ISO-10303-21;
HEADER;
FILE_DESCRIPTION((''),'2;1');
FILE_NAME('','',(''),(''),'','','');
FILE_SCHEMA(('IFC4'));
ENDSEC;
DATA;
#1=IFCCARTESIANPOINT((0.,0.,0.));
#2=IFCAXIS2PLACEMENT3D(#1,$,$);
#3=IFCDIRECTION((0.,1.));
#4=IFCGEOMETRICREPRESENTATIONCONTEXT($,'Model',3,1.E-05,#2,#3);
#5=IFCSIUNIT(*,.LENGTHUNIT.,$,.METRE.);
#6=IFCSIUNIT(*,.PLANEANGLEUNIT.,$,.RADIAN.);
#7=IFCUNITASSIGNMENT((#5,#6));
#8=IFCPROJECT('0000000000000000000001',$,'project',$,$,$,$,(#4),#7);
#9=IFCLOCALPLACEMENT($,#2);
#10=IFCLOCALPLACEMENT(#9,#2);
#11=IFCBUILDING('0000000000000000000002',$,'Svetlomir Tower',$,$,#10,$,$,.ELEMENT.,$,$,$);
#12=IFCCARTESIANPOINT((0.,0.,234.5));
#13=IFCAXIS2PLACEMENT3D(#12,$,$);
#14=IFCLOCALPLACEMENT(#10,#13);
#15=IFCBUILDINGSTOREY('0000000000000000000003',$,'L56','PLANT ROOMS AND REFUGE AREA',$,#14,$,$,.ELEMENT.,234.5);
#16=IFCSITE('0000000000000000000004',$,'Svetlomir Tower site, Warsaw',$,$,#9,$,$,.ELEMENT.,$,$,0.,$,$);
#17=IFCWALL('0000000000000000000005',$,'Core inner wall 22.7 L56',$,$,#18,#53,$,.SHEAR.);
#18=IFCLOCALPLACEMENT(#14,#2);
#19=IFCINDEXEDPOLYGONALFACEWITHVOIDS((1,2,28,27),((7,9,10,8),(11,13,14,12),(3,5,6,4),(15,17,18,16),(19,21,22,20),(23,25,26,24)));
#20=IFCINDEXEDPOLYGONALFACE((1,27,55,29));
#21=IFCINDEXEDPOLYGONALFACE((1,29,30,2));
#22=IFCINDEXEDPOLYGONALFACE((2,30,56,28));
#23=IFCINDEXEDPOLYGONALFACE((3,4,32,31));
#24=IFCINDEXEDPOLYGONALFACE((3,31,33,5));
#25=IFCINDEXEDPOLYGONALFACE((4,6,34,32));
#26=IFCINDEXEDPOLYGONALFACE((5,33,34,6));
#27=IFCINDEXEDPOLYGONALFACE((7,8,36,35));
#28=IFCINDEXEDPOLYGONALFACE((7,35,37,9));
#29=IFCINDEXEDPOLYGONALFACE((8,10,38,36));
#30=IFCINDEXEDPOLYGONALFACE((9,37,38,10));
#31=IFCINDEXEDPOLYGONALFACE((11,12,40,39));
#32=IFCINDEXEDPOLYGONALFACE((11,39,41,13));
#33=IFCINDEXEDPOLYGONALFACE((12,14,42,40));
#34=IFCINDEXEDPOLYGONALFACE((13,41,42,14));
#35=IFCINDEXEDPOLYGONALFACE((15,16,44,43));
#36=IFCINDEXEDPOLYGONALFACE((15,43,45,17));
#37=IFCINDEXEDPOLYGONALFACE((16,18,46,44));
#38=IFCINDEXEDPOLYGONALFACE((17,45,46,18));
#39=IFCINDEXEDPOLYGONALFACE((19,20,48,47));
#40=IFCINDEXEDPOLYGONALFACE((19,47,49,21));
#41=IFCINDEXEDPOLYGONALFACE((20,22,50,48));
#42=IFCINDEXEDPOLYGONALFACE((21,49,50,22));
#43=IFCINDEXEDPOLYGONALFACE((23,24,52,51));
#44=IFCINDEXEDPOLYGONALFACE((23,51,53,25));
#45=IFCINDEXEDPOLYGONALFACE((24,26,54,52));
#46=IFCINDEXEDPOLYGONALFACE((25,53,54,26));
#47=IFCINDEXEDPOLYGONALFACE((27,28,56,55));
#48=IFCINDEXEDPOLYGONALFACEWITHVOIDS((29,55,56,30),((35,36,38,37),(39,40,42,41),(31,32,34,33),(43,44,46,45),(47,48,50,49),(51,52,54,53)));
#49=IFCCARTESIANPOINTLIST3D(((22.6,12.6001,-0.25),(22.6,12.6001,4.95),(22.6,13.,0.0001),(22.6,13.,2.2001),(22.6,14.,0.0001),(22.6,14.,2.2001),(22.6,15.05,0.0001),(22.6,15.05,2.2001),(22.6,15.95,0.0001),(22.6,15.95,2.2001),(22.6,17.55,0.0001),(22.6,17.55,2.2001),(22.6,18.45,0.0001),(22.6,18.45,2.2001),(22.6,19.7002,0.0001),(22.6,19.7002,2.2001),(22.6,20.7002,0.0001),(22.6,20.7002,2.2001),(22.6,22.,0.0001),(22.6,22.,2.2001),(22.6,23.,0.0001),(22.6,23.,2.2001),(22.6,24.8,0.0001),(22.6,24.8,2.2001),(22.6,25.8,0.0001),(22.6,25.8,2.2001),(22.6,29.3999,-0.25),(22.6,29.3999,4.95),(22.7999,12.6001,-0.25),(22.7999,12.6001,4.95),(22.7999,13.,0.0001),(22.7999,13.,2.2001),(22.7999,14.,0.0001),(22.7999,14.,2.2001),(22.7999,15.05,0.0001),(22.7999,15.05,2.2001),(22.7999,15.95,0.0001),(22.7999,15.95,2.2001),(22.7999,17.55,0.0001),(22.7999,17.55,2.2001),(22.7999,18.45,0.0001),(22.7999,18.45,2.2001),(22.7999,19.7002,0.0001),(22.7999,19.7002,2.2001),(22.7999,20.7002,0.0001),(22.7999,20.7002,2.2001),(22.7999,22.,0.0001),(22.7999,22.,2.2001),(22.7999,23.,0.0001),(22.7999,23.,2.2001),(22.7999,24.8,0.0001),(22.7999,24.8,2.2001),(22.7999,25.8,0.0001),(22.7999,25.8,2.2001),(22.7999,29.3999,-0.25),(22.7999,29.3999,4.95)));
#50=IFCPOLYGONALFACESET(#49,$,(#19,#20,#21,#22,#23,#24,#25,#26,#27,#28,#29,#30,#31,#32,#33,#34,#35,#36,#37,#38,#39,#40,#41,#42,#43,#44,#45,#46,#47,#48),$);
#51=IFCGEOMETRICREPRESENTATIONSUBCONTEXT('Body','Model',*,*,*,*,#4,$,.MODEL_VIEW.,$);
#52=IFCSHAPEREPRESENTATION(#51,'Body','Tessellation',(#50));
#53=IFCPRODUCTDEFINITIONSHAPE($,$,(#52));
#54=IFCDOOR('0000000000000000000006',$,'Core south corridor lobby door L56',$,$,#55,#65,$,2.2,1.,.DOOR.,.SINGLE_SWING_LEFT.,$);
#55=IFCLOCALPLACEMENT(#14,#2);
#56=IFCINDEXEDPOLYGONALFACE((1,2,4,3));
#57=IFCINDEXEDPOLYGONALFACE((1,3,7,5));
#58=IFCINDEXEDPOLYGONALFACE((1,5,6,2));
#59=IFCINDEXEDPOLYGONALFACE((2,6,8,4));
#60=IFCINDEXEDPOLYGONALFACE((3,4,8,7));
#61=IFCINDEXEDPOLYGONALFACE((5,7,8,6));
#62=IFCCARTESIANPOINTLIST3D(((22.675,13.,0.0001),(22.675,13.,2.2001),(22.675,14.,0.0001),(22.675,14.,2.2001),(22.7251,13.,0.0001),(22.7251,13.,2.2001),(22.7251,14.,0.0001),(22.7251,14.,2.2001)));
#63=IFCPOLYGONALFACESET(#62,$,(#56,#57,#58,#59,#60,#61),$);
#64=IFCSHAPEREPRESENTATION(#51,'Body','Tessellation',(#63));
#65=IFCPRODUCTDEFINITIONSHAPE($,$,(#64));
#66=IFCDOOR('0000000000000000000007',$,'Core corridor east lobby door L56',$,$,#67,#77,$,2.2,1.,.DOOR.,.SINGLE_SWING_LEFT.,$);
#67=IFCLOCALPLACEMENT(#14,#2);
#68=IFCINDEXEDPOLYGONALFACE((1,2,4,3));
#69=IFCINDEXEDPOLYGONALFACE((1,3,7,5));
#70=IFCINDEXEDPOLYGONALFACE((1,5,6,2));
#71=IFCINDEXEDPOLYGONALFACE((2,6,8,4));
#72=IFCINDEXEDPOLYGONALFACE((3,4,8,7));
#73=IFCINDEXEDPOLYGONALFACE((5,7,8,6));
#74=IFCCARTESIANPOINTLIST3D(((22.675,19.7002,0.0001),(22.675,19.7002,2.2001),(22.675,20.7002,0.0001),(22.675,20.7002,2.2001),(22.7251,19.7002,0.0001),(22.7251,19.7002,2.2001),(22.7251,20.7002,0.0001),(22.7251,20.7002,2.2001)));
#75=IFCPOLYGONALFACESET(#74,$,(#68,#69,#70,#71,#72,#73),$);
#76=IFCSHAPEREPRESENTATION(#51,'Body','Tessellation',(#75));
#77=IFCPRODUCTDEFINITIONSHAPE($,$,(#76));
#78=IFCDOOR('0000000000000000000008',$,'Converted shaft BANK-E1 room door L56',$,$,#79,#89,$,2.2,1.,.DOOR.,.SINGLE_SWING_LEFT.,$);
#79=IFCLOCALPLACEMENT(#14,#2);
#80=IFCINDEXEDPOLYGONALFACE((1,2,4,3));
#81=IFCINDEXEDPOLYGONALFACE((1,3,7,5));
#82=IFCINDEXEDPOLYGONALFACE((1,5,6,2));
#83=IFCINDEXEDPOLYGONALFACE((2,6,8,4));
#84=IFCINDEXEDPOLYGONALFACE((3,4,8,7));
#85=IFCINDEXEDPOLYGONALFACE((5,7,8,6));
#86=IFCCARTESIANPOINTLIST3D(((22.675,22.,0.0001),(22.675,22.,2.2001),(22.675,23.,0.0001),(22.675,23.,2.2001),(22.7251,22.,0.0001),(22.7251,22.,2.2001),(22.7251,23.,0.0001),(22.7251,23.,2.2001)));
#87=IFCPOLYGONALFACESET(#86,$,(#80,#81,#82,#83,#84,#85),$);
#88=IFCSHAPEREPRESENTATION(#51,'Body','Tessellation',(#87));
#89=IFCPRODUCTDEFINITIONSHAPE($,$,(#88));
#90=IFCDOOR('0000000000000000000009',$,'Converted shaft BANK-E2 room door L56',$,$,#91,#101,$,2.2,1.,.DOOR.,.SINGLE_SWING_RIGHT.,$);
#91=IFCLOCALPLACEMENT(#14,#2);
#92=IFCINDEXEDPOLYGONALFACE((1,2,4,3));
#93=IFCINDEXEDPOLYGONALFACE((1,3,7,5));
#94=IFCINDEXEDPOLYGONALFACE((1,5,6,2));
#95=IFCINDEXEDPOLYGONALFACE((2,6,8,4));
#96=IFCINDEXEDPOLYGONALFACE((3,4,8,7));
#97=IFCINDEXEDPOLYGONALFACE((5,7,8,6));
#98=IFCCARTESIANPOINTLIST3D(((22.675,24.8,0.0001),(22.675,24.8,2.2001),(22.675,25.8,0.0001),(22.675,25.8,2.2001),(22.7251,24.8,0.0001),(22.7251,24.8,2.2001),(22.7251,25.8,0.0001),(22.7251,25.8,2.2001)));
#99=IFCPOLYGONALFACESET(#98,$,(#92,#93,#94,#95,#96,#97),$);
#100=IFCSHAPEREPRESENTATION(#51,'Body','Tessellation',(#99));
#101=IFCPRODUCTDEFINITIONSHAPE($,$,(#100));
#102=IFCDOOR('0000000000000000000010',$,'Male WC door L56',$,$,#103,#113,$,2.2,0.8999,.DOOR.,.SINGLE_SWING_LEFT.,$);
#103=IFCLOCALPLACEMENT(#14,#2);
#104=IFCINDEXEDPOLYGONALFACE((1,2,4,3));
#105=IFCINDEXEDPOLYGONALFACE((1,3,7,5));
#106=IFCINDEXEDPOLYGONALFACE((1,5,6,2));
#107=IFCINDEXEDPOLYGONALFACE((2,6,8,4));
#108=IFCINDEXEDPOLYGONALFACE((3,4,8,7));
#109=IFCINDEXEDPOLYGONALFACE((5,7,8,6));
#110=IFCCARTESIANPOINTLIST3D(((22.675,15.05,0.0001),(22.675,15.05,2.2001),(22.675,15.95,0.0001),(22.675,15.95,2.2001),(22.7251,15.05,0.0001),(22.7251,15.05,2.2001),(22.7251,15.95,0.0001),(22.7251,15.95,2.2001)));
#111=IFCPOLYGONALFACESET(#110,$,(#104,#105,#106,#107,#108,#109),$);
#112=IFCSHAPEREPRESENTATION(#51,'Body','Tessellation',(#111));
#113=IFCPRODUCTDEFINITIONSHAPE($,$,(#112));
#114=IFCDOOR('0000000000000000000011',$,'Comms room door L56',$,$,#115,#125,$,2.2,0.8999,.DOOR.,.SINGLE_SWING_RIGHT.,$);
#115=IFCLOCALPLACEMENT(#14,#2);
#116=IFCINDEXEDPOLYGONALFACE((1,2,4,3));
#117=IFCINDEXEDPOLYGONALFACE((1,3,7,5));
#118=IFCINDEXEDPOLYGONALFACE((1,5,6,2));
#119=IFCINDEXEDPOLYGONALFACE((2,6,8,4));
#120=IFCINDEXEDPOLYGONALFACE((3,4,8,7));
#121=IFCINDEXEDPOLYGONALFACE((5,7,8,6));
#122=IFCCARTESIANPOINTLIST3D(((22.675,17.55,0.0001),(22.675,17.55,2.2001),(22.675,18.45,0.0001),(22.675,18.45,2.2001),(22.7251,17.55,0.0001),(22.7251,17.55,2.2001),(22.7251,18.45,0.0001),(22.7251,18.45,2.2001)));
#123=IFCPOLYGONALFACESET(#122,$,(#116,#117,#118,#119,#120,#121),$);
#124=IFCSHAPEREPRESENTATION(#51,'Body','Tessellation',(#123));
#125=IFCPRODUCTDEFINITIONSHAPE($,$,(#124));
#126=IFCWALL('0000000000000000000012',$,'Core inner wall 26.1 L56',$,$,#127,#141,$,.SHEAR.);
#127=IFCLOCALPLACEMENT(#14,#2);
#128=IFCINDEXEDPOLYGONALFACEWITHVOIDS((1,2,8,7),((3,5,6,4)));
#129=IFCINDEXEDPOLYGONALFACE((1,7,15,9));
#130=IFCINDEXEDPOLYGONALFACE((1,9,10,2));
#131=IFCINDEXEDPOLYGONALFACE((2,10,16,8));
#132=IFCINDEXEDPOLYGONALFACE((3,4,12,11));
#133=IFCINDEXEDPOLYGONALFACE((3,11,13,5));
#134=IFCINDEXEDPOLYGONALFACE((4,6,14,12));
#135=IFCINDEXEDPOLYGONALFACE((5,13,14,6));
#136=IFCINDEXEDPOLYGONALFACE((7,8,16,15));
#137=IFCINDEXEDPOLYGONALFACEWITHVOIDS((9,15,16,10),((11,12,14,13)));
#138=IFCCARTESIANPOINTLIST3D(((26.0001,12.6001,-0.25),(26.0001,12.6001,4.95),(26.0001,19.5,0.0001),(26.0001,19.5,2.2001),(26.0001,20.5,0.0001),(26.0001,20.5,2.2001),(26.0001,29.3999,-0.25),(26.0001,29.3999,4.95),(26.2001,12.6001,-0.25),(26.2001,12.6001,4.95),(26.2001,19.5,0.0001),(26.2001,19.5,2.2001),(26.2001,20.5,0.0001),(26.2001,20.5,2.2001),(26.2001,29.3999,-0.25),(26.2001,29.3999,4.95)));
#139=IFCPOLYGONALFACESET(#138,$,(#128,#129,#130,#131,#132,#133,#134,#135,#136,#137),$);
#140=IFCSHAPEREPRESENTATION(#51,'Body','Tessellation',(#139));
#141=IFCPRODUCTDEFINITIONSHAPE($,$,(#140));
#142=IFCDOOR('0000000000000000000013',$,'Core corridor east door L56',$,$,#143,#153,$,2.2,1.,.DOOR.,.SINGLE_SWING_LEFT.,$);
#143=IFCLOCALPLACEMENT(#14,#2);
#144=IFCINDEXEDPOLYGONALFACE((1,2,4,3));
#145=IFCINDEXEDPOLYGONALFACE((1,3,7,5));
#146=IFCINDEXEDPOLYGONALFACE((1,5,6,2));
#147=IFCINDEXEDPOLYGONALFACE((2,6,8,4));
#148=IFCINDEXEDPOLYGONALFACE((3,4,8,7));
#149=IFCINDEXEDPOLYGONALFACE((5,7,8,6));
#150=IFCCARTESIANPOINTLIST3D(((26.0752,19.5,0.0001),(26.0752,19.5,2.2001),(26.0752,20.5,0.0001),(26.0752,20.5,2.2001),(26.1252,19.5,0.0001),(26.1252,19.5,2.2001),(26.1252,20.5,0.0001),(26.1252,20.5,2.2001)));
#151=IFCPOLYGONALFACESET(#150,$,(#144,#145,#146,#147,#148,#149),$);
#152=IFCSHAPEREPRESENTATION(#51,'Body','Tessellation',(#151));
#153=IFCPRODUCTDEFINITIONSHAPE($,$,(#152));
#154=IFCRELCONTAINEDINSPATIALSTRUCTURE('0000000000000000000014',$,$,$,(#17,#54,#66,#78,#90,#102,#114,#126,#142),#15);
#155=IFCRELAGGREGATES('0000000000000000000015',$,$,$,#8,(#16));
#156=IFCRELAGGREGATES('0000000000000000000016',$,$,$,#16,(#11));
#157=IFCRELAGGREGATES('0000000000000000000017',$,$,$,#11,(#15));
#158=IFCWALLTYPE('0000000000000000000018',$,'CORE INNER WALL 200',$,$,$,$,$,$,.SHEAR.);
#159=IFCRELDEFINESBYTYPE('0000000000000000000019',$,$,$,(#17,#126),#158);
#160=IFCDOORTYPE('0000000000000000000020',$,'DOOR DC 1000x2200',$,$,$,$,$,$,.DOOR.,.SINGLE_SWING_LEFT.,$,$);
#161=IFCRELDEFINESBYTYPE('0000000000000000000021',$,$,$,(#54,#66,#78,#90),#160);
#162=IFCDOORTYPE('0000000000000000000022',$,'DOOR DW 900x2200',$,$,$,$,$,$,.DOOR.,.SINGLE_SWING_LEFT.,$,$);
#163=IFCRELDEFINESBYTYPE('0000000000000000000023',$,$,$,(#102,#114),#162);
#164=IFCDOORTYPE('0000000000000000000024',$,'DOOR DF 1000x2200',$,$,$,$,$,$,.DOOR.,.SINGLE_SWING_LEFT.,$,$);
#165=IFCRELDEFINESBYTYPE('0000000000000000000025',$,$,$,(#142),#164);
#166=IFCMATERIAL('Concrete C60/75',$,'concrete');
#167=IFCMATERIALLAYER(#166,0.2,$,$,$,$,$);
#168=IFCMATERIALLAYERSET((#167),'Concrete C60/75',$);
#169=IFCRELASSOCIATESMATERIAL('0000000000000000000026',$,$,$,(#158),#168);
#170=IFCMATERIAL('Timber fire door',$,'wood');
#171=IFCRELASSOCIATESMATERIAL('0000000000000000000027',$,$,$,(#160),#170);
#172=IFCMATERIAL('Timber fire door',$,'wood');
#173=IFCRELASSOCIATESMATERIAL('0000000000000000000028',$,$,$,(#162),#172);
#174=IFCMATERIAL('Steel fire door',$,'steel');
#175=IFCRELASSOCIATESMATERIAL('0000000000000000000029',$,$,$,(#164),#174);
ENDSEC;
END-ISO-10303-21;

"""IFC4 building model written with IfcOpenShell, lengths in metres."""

from ifc_helpers import new_model, si_unit, direction, frame, frame_2d, origin, place, context, subcontext, project, spatial, rectangle, extrude, material, layer, layer_set, type_object, element, fill, save


model = new_model("IFC4")

# Units and contexts
model_context = context("Model", 3, precision=1e-05, world=origin(), true_north=direction((0.0, 1.0)))
body_context = subcontext(model_context, "Body", "Model", "MODEL_VIEW")
ifc_project = project(units=[si_unit("LENGTHUNIT", "METRE"), si_unit("PLANEANGLEUNIT", "RADIAN")], contexts=[model_context])

# Site, building, storey
site_placement = place(None, origin())
site = spatial("IfcSite", under=ifc_project, at=site_placement, Name="Svetlomir Tower site, Warsaw", CompositionType="ELEMENT", RefElevation=0.0)
building_placement = place(site_placement, origin())
building = spatial("IfcBuilding", under=site, at=building_placement, Name="Svetlomir Tower", CompositionType="ELEMENT")
storey_placement = place(building_placement, frame((0.0, 0.0, 234.5)))
storey = spatial("IfcBuildingStorey", under=building, at=storey_placement, Name="L56", Description="PLANT ROOMS AND REFUGE AREA", CompositionType="ELEMENT", Elevation=234.5)

# Wall, openings, doors
ifc_material_1 = material(Name="Concrete C60/75", Category="concrete")
ifc_layer_1 = layer(ifc_material_1, 0.2)
ifc_layer_set_1 = layer_set([ifc_layer_1], Name="Concrete C60/75")
wall_type_1 = type_object("IfcWallType", Name="CORE INNER WALL 200", PredefinedType="SHEAR", material=ifc_layer_set_1)
ifc_material_2 = material(Name="Timber fire door", Category="wood")
door_type_1 = type_object("IfcDoorType", Name="DOOR DC 1000x2200", OperationType="SINGLE_SWING_LEFT", PredefinedType="DOOR", material=ifc_material_2)
ifc_material_3 = material(Name="Timber fire door", Category="wood")
door_type_2 = type_object("IfcDoorType", Name="DOOR DW 900x2200", OperationType="SINGLE_SWING_LEFT", PredefinedType="DOOR", material=ifc_material_3)
wall_1_placement = place(storey_placement, frame((22.7, 12.6001, -0.25), z_axis=(0.0, 0.0, 1.0), x_axis=(0.0, 1.0, 0.0)))
wall_1 = element("IfcWall", 1, at=wall_1_placement, inside=storey, type_object=wall_type_1, Name="Core inner wall 22.7 L56", PredefinedType="SHEAR", context=body_context, shape_type="SweptSolid", body=[
    extrude(rectangle(XDim=16.7998, YDim=0.2, at=frame_2d((8.3999, 0.0))), origin(), (0.0, 0.0, 1.0), 5.2),
])
opening_1_placement = place(wall_1_placement, frame((0.3999, 0.0, 0.25)))
opening_1 = element("IfcOpeningElement", 2, at=opening_1_placement, cuts=wall_1, PredefinedType="OPENING", context=body_context, shape_type="SweptSolid", body=[
    extrude(rectangle(XDim=1.0, YDim=2.2, at=frame_2d((0.5, 1.1001))), frame((0.0, 0.1099, 0.0), z_axis=(0.0, -1.0, 0.0), x_axis=(1.0, 0.0, 0.0)), (0.0, 0.0, 1.0), 0.22),
])
opening_2_placement = place(wall_1_placement, frame((7.1001, 0.0, 0.25)))
opening_2 = element("IfcOpeningElement", 3, at=opening_2_placement, cuts=wall_1, PredefinedType="OPENING", context=body_context, shape_type="SweptSolid", body=[
    extrude(rectangle(XDim=1.0, YDim=2.2, at=frame_2d((0.5, 1.1001))), frame((0.0, 0.1099, 0.0), z_axis=(0.0, -1.0, 0.0), x_axis=(1.0, 0.0, 0.0)), (0.0, 0.0, 1.0), 0.22),
])
opening_3_placement = place(wall_1_placement, frame((2.45, 0.0, 0.25)))
opening_3 = element("IfcOpeningElement", 4, at=opening_3_placement, cuts=wall_1, PredefinedType="OPENING", context=body_context, shape_type="SweptSolid", body=[
    extrude(rectangle(XDim=0.8999, YDim=2.2, at=frame_2d((0.45, 1.1001))), frame((0.0, 0.1099, 0.0), z_axis=(0.0, -1.0, 0.0), x_axis=(1.0, 0.0, 0.0)), (0.0, 0.0, 1.0), 0.22),
])
opening_4_placement = place(wall_1_placement, frame((4.95, 0.0, 0.25)))
opening_4 = element("IfcOpeningElement", 5, at=opening_4_placement, cuts=wall_1, PredefinedType="OPENING", context=body_context, shape_type="SweptSolid", body=[
    extrude(rectangle(XDim=0.8999, YDim=2.2, at=frame_2d((0.45, 1.1001))), frame((0.0, 0.1099, 0.0), z_axis=(0.0, -1.0, 0.0), x_axis=(1.0, 0.0, 0.0)), (0.0, 0.0, 1.0), 0.22),
])
opening_5_placement = place(wall_1_placement, frame((9.3999, 0.0, 0.25)))
opening_5 = element("IfcOpeningElement", 6, at=opening_5_placement, cuts=wall_1, PredefinedType="OPENING", context=body_context, shape_type="SweptSolid", body=[
    extrude(rectangle(XDim=1.0, YDim=2.2, at=frame_2d((0.5, 1.1001))), frame((0.0, 0.1099, 0.0), z_axis=(0.0, -1.0, 0.0), x_axis=(1.0, 0.0, 0.0)), (0.0, 0.0, 1.0), 0.22),
])
opening_6_placement = place(wall_1_placement, frame((12.2, 0.0, 0.25)))
opening_6 = element("IfcOpeningElement", 7, at=opening_6_placement, cuts=wall_1, PredefinedType="OPENING", context=body_context, shape_type="SweptSolid", body=[
    extrude(rectangle(XDim=1.0, YDim=2.2, at=frame_2d((0.5, 1.1001))), frame((0.0, 0.1099, 0.0), z_axis=(0.0, -1.0, 0.0), x_axis=(1.0, 0.0, 0.0)), (0.0, 0.0, 1.0), 0.22),
])
door_1_placement = place(opening_1_placement, origin())
door_1 = element("IfcDoor", 8, at=door_1_placement, inside=storey, type_object=door_type_1, Name="Core south corridor lobby door L56", OperationType="SINGLE_SWING_LEFT", OverallHeight=2.2, OverallWidth=1.0, PredefinedType="DOOR", context=body_context, shape_type="SweptSolid", body=[
    extrude(rectangle(XDim=1.0, YDim=2.2, at=frame_2d((0.5, 1.1001))), frame((0.0, 0.0249, 0.0), z_axis=(0.0, -1.0, 0.0), x_axis=(1.0, 0.0, 0.0)), (0.0, 0.0, 1.0), 0.05),
])
fill(opening_1, door_1)
door_2_placement = place(opening_2_placement, origin())
door_2 = element("IfcDoor", 9, at=door_2_placement, inside=storey, type_object=door_type_1, Name="Core corridor east lobby door L56", OperationType="SINGLE_SWING_LEFT", OverallHeight=2.2, OverallWidth=1.0, PredefinedType="DOOR", context=body_context, shape_type="SweptSolid", body=[
    extrude(rectangle(XDim=1.0, YDim=2.2, at=frame_2d((0.5, 1.1001))), frame((0.0, 0.0249, 0.0), z_axis=(0.0, -1.0, 0.0), x_axis=(1.0, 0.0, 0.0)), (0.0, 0.0, 1.0), 0.05),
])
fill(opening_2, door_2)
door_3_placement = place(opening_5_placement, origin())
door_3 = element("IfcDoor", 10, at=door_3_placement, inside=storey, type_object=door_type_1, Name="Converted shaft BANK-E1 room door L56", OperationType="SINGLE_SWING_LEFT", OverallHeight=2.2, OverallWidth=1.0, PredefinedType="DOOR", context=body_context, shape_type="SweptSolid", body=[
    extrude(rectangle(XDim=1.0, YDim=2.2, at=frame_2d((0.5, 1.1001))), frame((0.0, 0.0249, 0.0), z_axis=(0.0, -1.0, 0.0), x_axis=(1.0, 0.0, 0.0)), (0.0, 0.0, 1.0), 0.05),
])
fill(opening_5, door_3)
door_4_placement = place(opening_6_placement, origin())
door_4 = element("IfcDoor", 11, at=door_4_placement, inside=storey, type_object=door_type_1, Name="Converted shaft BANK-E2 room door L56", OperationType="SINGLE_SWING_RIGHT", OverallHeight=2.2, OverallWidth=1.0, PredefinedType="DOOR", context=body_context, shape_type="SweptSolid", body=[
    extrude(rectangle(XDim=1.0, YDim=2.2, at=frame_2d((0.5, 1.1001))), frame((0.0, 0.0249, 0.0), z_axis=(0.0, -1.0, 0.0), x_axis=(1.0, 0.0, 0.0)), (0.0, 0.0, 1.0), 0.05),
])
fill(opening_6, door_4)
door_5_placement = place(opening_3_placement, origin())
door_5 = element("IfcDoor", 12, at=door_5_placement, inside=storey, type_object=door_type_2, Name="Male WC door L56", OperationType="SINGLE_SWING_LEFT", OverallHeight=2.2, OverallWidth=0.8999, PredefinedType="DOOR", context=body_context, shape_type="SweptSolid", body=[
    extrude(rectangle(XDim=0.8999, YDim=2.2, at=frame_2d((0.45, 1.1001))), frame((0.0, 0.0249, 0.0), z_axis=(0.0, -1.0, 0.0), x_axis=(1.0, 0.0, 0.0)), (0.0, 0.0, 1.0), 0.05),
])
fill(opening_3, door_5)
door_6_placement = place(opening_4_placement, origin())
door_6 = element("IfcDoor", 13, at=door_6_placement, inside=storey, type_object=door_type_2, Name="Comms room door L56", OperationType="SINGLE_SWING_RIGHT", OverallHeight=2.2, OverallWidth=0.8999, PredefinedType="DOOR", context=body_context, shape_type="SweptSolid", body=[
    extrude(rectangle(XDim=0.8999, YDim=2.2, at=frame_2d((0.45, 1.1001))), frame((0.0, 0.0249, 0.0), z_axis=(0.0, -1.0, 0.0), x_axis=(1.0, 0.0, 0.0)), (0.0, 0.0, 1.0), 0.05),
])
fill(opening_4, door_6)

# Wall, opening, door
wall_2_placement = place(storey_placement, frame((26.1001, 12.6001, -0.25), z_axis=(0.0, 0.0, 1.0), x_axis=(0.0, 1.0, 0.0)))
wall_2 = element("IfcWall", 14, at=wall_2_placement, inside=storey, type_object=wall_type_1, Name="Core inner wall 26.1 L56", PredefinedType="SHEAR", context=body_context, shape_type="SweptSolid", body=[
    extrude(rectangle(XDim=16.7998, YDim=0.2, at=frame_2d((8.3999, 0.0))), origin(), (0.0, 0.0, 1.0), 5.2),
])
opening_7_placement = place(wall_2_placement, frame((6.8999, 0.0, 0.25)))
opening_7 = element("IfcOpeningElement", 15, at=opening_7_placement, cuts=wall_2, PredefinedType="OPENING", context=body_context, shape_type="SweptSolid", body=[
    extrude(rectangle(XDim=1.0, YDim=2.2, at=frame_2d((0.5, 1.1001))), frame((0.0, 0.1099, 0.0), z_axis=(0.0, -1.0, 0.0), x_axis=(1.0, 0.0, 0.0)), (0.0, 0.0, 1.0), 0.22),
])
ifc_material_4 = material(Name="Steel fire door", Category="steel")
door_type_3 = type_object("IfcDoorType", Name="DOOR DF 1000x2200", OperationType="SINGLE_SWING_LEFT", PredefinedType="DOOR", material=ifc_material_4)
door_7_placement = place(opening_7_placement, origin())
door_7 = element("IfcDoor", 16, at=door_7_placement, inside=storey, type_object=door_type_3, Name="Core corridor east door L56", OperationType="SINGLE_SWING_LEFT", OverallHeight=2.2, OverallWidth=1.0, PredefinedType="DOOR", context=body_context, shape_type="SweptSolid", body=[
    extrude(rectangle(XDim=1.0, YDim=2.2, at=frame_2d((0.5, 1.1001))), frame((0.0, 0.0249, 0.0), z_axis=(0.0, -1.0, 0.0), x_axis=(1.0, 0.0, 0.0)), (0.0, 0.0, 1.0), 0.05),
])
fill(opening_7, door_7)

save(model, "model.ifc")
